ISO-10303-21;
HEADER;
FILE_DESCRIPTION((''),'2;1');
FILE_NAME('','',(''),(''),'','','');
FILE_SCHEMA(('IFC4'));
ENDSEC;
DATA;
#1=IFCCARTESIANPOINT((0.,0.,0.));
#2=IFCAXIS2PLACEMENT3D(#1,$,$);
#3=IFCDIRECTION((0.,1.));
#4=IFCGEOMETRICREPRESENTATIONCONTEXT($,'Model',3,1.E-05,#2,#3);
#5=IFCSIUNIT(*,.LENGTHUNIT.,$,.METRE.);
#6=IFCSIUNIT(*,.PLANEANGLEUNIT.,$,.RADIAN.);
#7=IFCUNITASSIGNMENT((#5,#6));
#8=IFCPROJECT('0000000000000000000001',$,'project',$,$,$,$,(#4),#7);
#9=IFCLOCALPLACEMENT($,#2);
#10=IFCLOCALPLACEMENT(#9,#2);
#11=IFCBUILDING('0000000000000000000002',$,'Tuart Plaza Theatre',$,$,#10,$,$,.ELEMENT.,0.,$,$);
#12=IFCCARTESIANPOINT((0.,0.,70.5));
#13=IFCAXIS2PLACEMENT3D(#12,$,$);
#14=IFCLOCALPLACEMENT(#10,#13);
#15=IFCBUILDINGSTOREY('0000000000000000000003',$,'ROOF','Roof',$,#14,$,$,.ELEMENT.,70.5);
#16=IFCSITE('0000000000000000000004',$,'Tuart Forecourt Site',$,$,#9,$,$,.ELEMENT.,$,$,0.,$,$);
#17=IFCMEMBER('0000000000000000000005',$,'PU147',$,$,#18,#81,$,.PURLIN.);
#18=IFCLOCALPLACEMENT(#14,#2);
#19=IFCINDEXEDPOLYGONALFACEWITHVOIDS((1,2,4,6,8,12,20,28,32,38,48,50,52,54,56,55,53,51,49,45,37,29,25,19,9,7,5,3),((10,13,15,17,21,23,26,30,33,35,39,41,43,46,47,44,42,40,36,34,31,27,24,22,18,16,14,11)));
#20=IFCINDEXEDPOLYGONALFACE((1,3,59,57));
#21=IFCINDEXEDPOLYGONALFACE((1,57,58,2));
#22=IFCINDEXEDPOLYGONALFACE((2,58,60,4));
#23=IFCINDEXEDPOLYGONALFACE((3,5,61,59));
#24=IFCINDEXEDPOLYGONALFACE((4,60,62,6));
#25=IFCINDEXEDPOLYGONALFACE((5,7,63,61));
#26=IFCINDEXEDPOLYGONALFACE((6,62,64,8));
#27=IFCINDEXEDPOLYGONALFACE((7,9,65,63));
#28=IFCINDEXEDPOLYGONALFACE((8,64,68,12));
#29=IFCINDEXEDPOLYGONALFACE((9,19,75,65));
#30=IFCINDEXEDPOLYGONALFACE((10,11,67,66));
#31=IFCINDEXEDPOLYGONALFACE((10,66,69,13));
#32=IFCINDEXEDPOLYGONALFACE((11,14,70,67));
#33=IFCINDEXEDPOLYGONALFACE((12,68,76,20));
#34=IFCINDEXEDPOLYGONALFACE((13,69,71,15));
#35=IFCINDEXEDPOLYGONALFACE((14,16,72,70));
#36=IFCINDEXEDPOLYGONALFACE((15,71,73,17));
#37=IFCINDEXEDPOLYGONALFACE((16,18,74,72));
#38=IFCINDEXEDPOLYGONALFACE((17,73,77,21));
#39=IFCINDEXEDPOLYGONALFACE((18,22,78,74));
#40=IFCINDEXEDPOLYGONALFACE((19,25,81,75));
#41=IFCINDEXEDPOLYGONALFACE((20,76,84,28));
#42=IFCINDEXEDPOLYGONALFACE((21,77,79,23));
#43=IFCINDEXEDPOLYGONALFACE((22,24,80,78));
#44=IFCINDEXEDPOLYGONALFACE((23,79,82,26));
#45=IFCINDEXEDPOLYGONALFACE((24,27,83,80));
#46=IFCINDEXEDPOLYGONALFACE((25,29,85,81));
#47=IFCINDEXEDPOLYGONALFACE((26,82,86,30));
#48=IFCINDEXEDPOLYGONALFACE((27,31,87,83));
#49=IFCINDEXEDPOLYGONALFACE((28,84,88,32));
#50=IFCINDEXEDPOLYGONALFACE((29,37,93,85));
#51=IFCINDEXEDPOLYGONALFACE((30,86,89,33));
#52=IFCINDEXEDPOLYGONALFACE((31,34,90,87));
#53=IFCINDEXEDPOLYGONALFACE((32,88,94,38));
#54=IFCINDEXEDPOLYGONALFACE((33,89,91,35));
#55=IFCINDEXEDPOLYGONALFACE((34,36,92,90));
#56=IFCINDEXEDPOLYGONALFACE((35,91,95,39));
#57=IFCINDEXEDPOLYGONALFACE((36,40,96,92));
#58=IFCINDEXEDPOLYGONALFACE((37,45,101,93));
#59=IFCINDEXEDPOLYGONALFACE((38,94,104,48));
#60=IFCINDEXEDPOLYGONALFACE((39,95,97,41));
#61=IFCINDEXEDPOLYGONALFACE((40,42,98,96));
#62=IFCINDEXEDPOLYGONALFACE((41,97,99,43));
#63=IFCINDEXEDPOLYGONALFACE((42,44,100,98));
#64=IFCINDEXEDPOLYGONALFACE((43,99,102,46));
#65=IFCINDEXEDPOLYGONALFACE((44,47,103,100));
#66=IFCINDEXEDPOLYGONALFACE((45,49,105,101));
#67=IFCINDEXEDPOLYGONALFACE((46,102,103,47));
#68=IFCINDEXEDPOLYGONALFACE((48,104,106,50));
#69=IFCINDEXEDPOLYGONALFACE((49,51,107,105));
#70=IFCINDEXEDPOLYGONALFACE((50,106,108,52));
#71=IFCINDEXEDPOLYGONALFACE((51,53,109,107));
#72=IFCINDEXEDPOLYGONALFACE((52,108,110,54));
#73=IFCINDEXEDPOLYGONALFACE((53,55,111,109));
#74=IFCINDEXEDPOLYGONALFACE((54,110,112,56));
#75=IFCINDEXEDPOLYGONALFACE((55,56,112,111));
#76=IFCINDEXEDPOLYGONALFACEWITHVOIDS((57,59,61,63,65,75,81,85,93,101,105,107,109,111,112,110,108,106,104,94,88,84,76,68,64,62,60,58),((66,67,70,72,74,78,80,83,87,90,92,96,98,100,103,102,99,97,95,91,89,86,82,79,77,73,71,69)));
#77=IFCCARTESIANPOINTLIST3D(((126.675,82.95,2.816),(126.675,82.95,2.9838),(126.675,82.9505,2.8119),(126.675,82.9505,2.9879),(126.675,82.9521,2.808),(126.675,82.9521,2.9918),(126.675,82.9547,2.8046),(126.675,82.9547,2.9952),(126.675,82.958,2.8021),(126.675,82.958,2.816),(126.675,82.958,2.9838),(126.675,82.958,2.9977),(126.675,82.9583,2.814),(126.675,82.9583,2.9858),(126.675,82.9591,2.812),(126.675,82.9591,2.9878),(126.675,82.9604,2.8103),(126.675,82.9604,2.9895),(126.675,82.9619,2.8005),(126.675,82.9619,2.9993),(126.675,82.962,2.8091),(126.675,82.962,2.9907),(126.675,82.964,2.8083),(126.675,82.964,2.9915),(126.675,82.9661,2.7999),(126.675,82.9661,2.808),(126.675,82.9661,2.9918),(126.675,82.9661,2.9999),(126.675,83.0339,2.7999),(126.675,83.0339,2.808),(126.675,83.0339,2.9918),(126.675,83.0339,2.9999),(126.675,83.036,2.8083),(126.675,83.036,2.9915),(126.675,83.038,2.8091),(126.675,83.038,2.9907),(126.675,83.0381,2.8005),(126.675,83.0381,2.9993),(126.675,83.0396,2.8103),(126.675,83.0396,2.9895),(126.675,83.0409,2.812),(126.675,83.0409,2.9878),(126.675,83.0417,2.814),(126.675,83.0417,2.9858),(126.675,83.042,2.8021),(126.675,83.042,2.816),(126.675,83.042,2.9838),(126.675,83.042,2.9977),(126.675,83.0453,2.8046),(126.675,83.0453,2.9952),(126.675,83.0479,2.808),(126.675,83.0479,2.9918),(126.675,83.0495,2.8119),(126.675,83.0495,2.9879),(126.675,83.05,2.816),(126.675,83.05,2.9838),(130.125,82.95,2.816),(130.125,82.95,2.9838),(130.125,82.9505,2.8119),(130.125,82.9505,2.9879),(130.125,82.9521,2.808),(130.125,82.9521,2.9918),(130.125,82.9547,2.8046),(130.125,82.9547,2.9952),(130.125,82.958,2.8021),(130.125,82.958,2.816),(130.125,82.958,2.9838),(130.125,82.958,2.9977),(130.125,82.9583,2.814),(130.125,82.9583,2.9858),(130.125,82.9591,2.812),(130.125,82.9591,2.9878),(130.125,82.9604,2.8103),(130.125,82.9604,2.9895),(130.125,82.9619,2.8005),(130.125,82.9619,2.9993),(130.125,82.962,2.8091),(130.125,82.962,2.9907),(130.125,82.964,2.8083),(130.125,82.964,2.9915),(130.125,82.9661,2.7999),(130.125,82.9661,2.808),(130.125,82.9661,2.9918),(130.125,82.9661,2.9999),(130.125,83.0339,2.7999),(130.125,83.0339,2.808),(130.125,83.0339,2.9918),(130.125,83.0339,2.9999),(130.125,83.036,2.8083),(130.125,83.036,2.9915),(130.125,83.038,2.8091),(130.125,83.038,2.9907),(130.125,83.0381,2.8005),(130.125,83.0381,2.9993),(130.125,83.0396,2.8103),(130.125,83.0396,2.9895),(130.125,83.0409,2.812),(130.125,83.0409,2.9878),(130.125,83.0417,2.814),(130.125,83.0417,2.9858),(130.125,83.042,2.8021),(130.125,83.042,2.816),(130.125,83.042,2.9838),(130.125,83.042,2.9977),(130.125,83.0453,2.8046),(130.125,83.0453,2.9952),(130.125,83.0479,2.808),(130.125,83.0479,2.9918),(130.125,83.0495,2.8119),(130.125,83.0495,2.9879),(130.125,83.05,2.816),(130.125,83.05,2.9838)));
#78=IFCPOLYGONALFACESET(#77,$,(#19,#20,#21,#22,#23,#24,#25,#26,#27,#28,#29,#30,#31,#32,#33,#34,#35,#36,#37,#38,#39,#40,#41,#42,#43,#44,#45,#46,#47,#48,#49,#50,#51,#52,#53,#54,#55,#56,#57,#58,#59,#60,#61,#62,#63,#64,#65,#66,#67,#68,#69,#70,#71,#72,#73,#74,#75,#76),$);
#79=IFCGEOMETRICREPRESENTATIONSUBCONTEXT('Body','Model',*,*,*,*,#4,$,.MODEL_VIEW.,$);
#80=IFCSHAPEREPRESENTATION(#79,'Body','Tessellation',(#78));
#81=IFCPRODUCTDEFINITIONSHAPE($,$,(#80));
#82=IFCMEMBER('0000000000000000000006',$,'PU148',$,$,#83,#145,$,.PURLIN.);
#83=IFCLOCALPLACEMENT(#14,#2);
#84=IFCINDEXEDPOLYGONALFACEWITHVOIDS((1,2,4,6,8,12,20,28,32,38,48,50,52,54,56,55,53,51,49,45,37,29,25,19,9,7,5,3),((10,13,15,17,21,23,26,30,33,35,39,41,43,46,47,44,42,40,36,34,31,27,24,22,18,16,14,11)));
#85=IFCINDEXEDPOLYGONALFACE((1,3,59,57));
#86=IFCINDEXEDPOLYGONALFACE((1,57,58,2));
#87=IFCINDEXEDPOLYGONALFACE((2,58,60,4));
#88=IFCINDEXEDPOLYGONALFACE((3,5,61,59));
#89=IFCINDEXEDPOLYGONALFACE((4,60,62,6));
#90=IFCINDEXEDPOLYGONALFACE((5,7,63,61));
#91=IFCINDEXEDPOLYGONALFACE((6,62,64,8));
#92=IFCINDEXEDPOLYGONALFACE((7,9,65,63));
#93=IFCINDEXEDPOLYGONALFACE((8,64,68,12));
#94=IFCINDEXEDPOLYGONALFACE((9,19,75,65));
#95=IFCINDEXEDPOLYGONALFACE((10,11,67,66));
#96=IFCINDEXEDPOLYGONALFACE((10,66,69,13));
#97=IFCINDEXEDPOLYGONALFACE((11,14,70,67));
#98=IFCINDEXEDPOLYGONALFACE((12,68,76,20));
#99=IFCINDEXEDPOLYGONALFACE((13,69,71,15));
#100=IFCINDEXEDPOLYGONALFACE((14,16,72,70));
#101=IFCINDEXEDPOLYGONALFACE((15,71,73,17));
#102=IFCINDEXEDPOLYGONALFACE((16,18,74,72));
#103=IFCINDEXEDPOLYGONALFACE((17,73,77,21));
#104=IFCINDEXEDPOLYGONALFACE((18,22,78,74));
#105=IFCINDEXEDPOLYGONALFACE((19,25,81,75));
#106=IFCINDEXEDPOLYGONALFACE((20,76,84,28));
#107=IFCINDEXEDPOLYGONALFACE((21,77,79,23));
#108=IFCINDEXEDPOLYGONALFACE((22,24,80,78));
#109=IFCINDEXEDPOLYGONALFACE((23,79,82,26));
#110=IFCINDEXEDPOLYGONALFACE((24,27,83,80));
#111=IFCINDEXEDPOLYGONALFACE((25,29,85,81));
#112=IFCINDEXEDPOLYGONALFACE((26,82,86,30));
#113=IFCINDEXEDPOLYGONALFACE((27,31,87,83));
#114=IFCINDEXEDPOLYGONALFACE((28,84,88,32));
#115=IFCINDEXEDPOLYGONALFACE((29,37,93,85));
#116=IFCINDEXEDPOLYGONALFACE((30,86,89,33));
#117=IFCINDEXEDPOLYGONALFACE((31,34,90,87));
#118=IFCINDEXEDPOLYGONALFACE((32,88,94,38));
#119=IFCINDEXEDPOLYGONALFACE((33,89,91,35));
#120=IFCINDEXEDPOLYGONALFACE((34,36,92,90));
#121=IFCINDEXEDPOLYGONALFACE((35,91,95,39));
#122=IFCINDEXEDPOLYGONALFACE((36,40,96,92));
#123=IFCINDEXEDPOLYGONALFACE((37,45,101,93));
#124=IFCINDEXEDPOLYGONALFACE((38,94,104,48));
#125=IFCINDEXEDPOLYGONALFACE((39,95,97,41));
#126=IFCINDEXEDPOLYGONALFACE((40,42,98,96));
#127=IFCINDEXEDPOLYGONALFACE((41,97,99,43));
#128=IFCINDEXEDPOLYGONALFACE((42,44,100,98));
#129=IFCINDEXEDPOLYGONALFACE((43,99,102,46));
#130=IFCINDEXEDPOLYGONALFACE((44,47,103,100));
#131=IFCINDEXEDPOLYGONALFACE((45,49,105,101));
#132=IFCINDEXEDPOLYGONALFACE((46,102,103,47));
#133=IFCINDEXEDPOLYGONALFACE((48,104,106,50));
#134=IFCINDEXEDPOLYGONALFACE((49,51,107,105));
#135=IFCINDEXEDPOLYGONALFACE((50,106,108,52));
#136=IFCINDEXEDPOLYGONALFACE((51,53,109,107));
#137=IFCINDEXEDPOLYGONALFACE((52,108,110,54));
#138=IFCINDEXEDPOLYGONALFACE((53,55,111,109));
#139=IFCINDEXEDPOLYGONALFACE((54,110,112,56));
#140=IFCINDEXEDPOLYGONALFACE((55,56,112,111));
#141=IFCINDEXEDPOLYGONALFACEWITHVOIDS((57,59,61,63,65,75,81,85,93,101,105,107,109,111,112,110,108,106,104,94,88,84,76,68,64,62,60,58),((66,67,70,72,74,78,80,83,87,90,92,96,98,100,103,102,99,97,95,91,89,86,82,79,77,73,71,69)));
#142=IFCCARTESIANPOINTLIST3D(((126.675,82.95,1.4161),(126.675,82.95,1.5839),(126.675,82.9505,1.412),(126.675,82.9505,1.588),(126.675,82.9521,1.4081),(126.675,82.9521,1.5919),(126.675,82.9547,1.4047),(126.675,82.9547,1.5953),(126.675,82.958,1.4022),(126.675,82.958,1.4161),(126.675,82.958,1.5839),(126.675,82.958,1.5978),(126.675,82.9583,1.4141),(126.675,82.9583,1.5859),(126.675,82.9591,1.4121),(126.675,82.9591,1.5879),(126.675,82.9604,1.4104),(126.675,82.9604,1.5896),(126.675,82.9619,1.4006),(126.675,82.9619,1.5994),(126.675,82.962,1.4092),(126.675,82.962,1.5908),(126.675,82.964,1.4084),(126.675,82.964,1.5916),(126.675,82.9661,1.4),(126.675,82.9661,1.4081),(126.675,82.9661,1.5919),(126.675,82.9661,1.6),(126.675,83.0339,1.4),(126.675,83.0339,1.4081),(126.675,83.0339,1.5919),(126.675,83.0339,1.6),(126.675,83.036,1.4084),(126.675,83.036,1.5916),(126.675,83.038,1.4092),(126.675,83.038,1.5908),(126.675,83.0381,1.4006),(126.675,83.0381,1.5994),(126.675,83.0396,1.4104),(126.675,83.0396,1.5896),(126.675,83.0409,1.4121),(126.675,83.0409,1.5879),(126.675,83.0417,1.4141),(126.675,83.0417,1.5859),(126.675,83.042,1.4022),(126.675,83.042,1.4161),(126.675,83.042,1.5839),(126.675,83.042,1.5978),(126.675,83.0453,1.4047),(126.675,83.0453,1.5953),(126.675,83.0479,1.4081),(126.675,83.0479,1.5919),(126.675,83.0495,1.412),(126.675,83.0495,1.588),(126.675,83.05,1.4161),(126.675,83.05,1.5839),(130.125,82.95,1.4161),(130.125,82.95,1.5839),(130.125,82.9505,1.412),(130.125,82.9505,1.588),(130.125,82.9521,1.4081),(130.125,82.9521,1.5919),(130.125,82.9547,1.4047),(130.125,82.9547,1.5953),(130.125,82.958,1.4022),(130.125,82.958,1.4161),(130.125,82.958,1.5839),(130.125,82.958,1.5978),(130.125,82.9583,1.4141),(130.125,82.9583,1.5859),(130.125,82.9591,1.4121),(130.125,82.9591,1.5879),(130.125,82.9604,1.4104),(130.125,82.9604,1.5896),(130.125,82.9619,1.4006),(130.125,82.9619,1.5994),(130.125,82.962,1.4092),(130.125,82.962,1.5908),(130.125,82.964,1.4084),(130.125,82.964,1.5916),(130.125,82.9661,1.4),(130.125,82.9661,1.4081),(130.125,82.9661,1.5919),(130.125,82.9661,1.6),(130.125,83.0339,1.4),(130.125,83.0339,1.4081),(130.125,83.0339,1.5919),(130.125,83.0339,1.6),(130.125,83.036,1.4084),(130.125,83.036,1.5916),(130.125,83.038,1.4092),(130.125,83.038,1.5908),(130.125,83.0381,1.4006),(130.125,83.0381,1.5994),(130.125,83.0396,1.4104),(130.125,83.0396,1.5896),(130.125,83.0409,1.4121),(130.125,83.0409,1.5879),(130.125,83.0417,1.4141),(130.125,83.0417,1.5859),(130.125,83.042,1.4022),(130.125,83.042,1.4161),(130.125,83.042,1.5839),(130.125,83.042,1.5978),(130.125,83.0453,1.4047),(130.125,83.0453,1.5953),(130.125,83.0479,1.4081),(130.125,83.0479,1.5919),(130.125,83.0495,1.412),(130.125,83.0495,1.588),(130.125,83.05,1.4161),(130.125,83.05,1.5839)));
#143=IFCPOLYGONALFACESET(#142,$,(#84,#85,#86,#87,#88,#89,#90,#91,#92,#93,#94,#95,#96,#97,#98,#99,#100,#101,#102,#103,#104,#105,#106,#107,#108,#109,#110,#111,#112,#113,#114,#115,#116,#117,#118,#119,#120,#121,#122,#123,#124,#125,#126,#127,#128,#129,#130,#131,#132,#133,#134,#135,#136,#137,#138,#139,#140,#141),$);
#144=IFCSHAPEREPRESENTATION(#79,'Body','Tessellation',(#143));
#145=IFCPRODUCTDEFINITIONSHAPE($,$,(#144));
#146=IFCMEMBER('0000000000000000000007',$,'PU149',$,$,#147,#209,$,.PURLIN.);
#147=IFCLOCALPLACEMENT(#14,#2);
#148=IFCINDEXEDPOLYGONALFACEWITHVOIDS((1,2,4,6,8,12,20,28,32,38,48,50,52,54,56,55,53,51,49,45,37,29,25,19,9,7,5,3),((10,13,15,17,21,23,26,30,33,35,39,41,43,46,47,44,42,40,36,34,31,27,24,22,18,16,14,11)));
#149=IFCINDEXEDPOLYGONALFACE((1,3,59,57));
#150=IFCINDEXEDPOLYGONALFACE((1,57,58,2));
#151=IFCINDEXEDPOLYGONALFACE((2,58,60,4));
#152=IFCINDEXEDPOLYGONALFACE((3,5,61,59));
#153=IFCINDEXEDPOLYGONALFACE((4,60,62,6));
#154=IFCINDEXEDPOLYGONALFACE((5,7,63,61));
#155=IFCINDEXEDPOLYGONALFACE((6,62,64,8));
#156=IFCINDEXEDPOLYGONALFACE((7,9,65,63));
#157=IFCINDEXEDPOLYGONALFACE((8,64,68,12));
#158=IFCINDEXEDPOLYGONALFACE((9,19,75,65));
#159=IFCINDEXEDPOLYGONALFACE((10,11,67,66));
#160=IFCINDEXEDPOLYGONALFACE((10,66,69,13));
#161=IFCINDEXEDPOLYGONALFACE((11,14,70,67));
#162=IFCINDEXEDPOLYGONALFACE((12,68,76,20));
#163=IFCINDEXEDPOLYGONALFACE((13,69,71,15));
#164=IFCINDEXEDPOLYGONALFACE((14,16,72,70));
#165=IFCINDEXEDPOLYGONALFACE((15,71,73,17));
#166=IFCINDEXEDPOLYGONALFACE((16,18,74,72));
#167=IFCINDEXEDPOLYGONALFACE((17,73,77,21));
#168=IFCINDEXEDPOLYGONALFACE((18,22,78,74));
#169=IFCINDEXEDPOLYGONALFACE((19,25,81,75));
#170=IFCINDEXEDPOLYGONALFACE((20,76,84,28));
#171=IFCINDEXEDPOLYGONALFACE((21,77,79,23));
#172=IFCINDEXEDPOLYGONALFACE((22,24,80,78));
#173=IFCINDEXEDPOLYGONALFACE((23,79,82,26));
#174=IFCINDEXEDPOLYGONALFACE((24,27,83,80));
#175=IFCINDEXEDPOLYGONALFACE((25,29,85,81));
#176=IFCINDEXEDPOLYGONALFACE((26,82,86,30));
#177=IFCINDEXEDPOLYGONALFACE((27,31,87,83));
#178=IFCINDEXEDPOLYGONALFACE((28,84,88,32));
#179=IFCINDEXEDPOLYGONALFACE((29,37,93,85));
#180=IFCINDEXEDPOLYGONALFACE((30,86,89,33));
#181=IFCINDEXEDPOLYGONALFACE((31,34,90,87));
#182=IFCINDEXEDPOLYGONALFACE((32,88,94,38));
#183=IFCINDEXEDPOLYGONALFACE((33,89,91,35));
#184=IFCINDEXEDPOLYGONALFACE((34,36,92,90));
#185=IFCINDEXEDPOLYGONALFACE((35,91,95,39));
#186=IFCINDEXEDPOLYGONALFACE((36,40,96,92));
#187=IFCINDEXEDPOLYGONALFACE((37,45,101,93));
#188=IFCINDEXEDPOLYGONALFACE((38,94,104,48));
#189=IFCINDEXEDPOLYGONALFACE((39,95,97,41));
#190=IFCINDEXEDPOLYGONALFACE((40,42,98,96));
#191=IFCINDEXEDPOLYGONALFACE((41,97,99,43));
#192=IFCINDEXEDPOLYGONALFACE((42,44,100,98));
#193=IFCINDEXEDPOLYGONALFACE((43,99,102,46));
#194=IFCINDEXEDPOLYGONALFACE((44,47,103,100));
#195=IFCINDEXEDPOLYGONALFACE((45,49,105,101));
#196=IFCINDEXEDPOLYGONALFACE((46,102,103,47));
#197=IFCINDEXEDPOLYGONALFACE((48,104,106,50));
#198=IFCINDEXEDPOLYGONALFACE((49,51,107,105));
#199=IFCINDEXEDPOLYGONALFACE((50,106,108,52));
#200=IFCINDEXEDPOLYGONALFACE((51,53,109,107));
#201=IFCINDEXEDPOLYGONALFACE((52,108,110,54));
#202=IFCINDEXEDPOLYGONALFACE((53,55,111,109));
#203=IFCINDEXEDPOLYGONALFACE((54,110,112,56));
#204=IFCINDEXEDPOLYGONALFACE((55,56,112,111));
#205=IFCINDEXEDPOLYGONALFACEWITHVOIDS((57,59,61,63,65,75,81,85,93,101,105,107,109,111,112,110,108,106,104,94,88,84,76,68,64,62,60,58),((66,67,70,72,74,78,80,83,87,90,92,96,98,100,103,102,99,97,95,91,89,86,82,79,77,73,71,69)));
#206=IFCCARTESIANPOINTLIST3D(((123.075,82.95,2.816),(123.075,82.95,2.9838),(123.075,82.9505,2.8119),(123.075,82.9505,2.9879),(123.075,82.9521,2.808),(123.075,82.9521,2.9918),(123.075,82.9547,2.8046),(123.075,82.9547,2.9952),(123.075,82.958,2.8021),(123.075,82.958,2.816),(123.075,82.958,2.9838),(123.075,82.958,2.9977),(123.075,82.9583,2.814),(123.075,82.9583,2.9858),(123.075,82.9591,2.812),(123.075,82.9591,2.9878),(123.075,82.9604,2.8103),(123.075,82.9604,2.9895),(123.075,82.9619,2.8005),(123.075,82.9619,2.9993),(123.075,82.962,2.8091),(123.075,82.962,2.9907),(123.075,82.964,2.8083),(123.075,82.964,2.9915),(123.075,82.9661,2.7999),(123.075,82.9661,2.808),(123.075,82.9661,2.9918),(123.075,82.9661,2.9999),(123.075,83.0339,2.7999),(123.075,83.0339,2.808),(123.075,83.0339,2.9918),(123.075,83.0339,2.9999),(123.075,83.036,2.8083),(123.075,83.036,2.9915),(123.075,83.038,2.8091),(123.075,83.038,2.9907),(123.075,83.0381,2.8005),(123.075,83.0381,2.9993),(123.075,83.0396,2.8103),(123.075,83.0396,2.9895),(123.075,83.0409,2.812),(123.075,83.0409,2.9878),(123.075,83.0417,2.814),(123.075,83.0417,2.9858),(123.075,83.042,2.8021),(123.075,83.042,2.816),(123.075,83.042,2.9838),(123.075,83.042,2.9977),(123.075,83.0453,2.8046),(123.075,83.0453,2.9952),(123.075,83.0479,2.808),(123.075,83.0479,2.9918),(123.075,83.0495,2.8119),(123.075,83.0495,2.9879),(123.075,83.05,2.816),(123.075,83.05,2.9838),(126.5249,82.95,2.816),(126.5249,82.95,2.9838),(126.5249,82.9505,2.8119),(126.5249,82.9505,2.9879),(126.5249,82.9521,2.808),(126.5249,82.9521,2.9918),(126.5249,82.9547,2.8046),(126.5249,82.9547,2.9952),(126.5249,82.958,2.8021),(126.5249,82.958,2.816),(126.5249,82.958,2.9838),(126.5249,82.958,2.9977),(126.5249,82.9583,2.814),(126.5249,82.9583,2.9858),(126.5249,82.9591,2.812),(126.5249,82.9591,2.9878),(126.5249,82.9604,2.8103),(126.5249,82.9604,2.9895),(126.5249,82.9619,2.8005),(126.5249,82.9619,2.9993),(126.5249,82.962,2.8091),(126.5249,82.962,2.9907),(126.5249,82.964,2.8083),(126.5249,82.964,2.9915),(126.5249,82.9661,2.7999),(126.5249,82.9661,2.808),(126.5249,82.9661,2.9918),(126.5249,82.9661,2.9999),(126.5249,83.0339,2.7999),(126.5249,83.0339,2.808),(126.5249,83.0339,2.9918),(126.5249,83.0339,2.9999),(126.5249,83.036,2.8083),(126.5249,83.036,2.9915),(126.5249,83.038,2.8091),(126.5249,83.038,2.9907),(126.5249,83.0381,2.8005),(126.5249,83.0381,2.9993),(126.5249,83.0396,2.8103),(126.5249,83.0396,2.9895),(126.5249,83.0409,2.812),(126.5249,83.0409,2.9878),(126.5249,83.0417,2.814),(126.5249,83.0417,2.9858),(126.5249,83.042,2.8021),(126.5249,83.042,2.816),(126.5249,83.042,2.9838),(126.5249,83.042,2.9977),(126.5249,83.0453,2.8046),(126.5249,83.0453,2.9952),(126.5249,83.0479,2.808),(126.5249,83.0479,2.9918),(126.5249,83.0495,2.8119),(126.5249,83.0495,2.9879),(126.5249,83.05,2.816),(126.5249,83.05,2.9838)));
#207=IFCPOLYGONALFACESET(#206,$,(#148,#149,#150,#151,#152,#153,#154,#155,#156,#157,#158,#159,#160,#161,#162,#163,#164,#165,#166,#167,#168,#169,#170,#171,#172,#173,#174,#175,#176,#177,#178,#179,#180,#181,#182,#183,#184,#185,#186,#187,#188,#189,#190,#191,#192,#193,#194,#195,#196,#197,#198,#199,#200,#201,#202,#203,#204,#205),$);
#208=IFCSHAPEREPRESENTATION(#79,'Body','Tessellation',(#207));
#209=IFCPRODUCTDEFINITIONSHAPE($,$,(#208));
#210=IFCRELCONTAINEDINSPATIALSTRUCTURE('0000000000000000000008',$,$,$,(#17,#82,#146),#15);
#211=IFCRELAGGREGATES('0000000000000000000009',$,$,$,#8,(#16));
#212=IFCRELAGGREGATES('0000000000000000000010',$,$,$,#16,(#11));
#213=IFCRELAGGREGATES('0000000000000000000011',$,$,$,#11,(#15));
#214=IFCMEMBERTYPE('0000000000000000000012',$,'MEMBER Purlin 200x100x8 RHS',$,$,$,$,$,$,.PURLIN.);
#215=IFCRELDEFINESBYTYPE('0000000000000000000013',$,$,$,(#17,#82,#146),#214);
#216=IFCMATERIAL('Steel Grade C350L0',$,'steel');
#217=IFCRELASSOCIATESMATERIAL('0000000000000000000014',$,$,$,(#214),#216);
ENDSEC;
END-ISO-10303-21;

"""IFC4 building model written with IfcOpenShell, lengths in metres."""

from ifc_helpers import new_model, si_unit, direction, frame, origin, origin_2d, place, context, subcontext, project, spatial, hollow_rectangle, extrude, material, material_profile, profile_set, type_object, element, save


model = new_model("IFC4")

# Units and contexts
model_context = context("Model", 3, precision=1e-05, world=origin(), true_north=direction((0.0, 1.0)))
body_context = subcontext(model_context, "Body", "Model", "MODEL_VIEW")
ifc_project = project(units=[si_unit("LENGTHUNIT", "METRE"), si_unit("PLANEANGLEUNIT", "RADIAN")], contexts=[model_context])

# Site, building, storey
site_placement = place(None, origin())
site = spatial("IfcSite", under=ifc_project, at=site_placement, Name="Tuart Forecourt Site", CompositionType="ELEMENT", RefElevation=0.0)
building_placement = place(site_placement, origin())
building = spatial("IfcBuilding", under=site, at=building_placement, Name="Tuart Plaza Theatre", CompositionType="ELEMENT", ElevationOfRefHeight=0.0)
storey_placement = place(building_placement, frame((0.0, 0.0, 70.5)))
storey = spatial("IfcBuildingStorey", under=building, at=storey_placement, Name="ROOF", Description="Roof", CompositionType="ELEMENT", Elevation=70.5)

# Members
ifc_material_1 = material(Name="Steel Grade C350L0", Category="steel")
ifc_material_profile_1 = material_profile(ifc_material_1, hollow_rectangle(XDim=0.1001, YDim=0.2, WallThickness=0.0081, InnerFilletRadius=0.0081, OuterFilletRadius=0.0161, at=origin_2d()), Name="200x100x8 RHS")
ifc_profile_set_1 = profile_set([ifc_material_profile_1], Name="Steel Grade C350L0")
member_type_1 = type_object("IfcMemberType", Name="MEMBER Purlin 200x100x8 RHS", PredefinedType="PURLIN", material=ifc_profile_set_1)
for number, where, z_axis, x_axis, name in (
    (1, (130.125, 83.0, 2.8999), (-1.0, 0.0, 0.0), (0.0, -1.0, 0.0), "PU147"),
    (2, (130.125, 83.0, 1.5), (-1.0, 0.0, 0.0), (0.0, -1.0, 0.0), "PU148"),
    (3, (126.5249, 83.0, 2.8999), (-1.0, 0.0, 0.0), (0.0, -1.0, 0.0), "PU149"),
):
    element("IfcMember", number, at=place(storey_placement, frame(where, z_axis=z_axis, x_axis=x_axis)), inside=storey, type_object=member_type_1, Name=name, PredefinedType="PURLIN", context=body_context, shape_type="SweptSolid", body=[
        extrude(hollow_rectangle(XDim=0.1001, YDim=0.2, WallThickness=0.0081, InnerFilletRadius=0.0081, OuterFilletRadius=0.0161, at=origin_2d()), origin(), (0.0, 0.0, 1.0), 3.45),
    ])

save(model, "model.ifc")
